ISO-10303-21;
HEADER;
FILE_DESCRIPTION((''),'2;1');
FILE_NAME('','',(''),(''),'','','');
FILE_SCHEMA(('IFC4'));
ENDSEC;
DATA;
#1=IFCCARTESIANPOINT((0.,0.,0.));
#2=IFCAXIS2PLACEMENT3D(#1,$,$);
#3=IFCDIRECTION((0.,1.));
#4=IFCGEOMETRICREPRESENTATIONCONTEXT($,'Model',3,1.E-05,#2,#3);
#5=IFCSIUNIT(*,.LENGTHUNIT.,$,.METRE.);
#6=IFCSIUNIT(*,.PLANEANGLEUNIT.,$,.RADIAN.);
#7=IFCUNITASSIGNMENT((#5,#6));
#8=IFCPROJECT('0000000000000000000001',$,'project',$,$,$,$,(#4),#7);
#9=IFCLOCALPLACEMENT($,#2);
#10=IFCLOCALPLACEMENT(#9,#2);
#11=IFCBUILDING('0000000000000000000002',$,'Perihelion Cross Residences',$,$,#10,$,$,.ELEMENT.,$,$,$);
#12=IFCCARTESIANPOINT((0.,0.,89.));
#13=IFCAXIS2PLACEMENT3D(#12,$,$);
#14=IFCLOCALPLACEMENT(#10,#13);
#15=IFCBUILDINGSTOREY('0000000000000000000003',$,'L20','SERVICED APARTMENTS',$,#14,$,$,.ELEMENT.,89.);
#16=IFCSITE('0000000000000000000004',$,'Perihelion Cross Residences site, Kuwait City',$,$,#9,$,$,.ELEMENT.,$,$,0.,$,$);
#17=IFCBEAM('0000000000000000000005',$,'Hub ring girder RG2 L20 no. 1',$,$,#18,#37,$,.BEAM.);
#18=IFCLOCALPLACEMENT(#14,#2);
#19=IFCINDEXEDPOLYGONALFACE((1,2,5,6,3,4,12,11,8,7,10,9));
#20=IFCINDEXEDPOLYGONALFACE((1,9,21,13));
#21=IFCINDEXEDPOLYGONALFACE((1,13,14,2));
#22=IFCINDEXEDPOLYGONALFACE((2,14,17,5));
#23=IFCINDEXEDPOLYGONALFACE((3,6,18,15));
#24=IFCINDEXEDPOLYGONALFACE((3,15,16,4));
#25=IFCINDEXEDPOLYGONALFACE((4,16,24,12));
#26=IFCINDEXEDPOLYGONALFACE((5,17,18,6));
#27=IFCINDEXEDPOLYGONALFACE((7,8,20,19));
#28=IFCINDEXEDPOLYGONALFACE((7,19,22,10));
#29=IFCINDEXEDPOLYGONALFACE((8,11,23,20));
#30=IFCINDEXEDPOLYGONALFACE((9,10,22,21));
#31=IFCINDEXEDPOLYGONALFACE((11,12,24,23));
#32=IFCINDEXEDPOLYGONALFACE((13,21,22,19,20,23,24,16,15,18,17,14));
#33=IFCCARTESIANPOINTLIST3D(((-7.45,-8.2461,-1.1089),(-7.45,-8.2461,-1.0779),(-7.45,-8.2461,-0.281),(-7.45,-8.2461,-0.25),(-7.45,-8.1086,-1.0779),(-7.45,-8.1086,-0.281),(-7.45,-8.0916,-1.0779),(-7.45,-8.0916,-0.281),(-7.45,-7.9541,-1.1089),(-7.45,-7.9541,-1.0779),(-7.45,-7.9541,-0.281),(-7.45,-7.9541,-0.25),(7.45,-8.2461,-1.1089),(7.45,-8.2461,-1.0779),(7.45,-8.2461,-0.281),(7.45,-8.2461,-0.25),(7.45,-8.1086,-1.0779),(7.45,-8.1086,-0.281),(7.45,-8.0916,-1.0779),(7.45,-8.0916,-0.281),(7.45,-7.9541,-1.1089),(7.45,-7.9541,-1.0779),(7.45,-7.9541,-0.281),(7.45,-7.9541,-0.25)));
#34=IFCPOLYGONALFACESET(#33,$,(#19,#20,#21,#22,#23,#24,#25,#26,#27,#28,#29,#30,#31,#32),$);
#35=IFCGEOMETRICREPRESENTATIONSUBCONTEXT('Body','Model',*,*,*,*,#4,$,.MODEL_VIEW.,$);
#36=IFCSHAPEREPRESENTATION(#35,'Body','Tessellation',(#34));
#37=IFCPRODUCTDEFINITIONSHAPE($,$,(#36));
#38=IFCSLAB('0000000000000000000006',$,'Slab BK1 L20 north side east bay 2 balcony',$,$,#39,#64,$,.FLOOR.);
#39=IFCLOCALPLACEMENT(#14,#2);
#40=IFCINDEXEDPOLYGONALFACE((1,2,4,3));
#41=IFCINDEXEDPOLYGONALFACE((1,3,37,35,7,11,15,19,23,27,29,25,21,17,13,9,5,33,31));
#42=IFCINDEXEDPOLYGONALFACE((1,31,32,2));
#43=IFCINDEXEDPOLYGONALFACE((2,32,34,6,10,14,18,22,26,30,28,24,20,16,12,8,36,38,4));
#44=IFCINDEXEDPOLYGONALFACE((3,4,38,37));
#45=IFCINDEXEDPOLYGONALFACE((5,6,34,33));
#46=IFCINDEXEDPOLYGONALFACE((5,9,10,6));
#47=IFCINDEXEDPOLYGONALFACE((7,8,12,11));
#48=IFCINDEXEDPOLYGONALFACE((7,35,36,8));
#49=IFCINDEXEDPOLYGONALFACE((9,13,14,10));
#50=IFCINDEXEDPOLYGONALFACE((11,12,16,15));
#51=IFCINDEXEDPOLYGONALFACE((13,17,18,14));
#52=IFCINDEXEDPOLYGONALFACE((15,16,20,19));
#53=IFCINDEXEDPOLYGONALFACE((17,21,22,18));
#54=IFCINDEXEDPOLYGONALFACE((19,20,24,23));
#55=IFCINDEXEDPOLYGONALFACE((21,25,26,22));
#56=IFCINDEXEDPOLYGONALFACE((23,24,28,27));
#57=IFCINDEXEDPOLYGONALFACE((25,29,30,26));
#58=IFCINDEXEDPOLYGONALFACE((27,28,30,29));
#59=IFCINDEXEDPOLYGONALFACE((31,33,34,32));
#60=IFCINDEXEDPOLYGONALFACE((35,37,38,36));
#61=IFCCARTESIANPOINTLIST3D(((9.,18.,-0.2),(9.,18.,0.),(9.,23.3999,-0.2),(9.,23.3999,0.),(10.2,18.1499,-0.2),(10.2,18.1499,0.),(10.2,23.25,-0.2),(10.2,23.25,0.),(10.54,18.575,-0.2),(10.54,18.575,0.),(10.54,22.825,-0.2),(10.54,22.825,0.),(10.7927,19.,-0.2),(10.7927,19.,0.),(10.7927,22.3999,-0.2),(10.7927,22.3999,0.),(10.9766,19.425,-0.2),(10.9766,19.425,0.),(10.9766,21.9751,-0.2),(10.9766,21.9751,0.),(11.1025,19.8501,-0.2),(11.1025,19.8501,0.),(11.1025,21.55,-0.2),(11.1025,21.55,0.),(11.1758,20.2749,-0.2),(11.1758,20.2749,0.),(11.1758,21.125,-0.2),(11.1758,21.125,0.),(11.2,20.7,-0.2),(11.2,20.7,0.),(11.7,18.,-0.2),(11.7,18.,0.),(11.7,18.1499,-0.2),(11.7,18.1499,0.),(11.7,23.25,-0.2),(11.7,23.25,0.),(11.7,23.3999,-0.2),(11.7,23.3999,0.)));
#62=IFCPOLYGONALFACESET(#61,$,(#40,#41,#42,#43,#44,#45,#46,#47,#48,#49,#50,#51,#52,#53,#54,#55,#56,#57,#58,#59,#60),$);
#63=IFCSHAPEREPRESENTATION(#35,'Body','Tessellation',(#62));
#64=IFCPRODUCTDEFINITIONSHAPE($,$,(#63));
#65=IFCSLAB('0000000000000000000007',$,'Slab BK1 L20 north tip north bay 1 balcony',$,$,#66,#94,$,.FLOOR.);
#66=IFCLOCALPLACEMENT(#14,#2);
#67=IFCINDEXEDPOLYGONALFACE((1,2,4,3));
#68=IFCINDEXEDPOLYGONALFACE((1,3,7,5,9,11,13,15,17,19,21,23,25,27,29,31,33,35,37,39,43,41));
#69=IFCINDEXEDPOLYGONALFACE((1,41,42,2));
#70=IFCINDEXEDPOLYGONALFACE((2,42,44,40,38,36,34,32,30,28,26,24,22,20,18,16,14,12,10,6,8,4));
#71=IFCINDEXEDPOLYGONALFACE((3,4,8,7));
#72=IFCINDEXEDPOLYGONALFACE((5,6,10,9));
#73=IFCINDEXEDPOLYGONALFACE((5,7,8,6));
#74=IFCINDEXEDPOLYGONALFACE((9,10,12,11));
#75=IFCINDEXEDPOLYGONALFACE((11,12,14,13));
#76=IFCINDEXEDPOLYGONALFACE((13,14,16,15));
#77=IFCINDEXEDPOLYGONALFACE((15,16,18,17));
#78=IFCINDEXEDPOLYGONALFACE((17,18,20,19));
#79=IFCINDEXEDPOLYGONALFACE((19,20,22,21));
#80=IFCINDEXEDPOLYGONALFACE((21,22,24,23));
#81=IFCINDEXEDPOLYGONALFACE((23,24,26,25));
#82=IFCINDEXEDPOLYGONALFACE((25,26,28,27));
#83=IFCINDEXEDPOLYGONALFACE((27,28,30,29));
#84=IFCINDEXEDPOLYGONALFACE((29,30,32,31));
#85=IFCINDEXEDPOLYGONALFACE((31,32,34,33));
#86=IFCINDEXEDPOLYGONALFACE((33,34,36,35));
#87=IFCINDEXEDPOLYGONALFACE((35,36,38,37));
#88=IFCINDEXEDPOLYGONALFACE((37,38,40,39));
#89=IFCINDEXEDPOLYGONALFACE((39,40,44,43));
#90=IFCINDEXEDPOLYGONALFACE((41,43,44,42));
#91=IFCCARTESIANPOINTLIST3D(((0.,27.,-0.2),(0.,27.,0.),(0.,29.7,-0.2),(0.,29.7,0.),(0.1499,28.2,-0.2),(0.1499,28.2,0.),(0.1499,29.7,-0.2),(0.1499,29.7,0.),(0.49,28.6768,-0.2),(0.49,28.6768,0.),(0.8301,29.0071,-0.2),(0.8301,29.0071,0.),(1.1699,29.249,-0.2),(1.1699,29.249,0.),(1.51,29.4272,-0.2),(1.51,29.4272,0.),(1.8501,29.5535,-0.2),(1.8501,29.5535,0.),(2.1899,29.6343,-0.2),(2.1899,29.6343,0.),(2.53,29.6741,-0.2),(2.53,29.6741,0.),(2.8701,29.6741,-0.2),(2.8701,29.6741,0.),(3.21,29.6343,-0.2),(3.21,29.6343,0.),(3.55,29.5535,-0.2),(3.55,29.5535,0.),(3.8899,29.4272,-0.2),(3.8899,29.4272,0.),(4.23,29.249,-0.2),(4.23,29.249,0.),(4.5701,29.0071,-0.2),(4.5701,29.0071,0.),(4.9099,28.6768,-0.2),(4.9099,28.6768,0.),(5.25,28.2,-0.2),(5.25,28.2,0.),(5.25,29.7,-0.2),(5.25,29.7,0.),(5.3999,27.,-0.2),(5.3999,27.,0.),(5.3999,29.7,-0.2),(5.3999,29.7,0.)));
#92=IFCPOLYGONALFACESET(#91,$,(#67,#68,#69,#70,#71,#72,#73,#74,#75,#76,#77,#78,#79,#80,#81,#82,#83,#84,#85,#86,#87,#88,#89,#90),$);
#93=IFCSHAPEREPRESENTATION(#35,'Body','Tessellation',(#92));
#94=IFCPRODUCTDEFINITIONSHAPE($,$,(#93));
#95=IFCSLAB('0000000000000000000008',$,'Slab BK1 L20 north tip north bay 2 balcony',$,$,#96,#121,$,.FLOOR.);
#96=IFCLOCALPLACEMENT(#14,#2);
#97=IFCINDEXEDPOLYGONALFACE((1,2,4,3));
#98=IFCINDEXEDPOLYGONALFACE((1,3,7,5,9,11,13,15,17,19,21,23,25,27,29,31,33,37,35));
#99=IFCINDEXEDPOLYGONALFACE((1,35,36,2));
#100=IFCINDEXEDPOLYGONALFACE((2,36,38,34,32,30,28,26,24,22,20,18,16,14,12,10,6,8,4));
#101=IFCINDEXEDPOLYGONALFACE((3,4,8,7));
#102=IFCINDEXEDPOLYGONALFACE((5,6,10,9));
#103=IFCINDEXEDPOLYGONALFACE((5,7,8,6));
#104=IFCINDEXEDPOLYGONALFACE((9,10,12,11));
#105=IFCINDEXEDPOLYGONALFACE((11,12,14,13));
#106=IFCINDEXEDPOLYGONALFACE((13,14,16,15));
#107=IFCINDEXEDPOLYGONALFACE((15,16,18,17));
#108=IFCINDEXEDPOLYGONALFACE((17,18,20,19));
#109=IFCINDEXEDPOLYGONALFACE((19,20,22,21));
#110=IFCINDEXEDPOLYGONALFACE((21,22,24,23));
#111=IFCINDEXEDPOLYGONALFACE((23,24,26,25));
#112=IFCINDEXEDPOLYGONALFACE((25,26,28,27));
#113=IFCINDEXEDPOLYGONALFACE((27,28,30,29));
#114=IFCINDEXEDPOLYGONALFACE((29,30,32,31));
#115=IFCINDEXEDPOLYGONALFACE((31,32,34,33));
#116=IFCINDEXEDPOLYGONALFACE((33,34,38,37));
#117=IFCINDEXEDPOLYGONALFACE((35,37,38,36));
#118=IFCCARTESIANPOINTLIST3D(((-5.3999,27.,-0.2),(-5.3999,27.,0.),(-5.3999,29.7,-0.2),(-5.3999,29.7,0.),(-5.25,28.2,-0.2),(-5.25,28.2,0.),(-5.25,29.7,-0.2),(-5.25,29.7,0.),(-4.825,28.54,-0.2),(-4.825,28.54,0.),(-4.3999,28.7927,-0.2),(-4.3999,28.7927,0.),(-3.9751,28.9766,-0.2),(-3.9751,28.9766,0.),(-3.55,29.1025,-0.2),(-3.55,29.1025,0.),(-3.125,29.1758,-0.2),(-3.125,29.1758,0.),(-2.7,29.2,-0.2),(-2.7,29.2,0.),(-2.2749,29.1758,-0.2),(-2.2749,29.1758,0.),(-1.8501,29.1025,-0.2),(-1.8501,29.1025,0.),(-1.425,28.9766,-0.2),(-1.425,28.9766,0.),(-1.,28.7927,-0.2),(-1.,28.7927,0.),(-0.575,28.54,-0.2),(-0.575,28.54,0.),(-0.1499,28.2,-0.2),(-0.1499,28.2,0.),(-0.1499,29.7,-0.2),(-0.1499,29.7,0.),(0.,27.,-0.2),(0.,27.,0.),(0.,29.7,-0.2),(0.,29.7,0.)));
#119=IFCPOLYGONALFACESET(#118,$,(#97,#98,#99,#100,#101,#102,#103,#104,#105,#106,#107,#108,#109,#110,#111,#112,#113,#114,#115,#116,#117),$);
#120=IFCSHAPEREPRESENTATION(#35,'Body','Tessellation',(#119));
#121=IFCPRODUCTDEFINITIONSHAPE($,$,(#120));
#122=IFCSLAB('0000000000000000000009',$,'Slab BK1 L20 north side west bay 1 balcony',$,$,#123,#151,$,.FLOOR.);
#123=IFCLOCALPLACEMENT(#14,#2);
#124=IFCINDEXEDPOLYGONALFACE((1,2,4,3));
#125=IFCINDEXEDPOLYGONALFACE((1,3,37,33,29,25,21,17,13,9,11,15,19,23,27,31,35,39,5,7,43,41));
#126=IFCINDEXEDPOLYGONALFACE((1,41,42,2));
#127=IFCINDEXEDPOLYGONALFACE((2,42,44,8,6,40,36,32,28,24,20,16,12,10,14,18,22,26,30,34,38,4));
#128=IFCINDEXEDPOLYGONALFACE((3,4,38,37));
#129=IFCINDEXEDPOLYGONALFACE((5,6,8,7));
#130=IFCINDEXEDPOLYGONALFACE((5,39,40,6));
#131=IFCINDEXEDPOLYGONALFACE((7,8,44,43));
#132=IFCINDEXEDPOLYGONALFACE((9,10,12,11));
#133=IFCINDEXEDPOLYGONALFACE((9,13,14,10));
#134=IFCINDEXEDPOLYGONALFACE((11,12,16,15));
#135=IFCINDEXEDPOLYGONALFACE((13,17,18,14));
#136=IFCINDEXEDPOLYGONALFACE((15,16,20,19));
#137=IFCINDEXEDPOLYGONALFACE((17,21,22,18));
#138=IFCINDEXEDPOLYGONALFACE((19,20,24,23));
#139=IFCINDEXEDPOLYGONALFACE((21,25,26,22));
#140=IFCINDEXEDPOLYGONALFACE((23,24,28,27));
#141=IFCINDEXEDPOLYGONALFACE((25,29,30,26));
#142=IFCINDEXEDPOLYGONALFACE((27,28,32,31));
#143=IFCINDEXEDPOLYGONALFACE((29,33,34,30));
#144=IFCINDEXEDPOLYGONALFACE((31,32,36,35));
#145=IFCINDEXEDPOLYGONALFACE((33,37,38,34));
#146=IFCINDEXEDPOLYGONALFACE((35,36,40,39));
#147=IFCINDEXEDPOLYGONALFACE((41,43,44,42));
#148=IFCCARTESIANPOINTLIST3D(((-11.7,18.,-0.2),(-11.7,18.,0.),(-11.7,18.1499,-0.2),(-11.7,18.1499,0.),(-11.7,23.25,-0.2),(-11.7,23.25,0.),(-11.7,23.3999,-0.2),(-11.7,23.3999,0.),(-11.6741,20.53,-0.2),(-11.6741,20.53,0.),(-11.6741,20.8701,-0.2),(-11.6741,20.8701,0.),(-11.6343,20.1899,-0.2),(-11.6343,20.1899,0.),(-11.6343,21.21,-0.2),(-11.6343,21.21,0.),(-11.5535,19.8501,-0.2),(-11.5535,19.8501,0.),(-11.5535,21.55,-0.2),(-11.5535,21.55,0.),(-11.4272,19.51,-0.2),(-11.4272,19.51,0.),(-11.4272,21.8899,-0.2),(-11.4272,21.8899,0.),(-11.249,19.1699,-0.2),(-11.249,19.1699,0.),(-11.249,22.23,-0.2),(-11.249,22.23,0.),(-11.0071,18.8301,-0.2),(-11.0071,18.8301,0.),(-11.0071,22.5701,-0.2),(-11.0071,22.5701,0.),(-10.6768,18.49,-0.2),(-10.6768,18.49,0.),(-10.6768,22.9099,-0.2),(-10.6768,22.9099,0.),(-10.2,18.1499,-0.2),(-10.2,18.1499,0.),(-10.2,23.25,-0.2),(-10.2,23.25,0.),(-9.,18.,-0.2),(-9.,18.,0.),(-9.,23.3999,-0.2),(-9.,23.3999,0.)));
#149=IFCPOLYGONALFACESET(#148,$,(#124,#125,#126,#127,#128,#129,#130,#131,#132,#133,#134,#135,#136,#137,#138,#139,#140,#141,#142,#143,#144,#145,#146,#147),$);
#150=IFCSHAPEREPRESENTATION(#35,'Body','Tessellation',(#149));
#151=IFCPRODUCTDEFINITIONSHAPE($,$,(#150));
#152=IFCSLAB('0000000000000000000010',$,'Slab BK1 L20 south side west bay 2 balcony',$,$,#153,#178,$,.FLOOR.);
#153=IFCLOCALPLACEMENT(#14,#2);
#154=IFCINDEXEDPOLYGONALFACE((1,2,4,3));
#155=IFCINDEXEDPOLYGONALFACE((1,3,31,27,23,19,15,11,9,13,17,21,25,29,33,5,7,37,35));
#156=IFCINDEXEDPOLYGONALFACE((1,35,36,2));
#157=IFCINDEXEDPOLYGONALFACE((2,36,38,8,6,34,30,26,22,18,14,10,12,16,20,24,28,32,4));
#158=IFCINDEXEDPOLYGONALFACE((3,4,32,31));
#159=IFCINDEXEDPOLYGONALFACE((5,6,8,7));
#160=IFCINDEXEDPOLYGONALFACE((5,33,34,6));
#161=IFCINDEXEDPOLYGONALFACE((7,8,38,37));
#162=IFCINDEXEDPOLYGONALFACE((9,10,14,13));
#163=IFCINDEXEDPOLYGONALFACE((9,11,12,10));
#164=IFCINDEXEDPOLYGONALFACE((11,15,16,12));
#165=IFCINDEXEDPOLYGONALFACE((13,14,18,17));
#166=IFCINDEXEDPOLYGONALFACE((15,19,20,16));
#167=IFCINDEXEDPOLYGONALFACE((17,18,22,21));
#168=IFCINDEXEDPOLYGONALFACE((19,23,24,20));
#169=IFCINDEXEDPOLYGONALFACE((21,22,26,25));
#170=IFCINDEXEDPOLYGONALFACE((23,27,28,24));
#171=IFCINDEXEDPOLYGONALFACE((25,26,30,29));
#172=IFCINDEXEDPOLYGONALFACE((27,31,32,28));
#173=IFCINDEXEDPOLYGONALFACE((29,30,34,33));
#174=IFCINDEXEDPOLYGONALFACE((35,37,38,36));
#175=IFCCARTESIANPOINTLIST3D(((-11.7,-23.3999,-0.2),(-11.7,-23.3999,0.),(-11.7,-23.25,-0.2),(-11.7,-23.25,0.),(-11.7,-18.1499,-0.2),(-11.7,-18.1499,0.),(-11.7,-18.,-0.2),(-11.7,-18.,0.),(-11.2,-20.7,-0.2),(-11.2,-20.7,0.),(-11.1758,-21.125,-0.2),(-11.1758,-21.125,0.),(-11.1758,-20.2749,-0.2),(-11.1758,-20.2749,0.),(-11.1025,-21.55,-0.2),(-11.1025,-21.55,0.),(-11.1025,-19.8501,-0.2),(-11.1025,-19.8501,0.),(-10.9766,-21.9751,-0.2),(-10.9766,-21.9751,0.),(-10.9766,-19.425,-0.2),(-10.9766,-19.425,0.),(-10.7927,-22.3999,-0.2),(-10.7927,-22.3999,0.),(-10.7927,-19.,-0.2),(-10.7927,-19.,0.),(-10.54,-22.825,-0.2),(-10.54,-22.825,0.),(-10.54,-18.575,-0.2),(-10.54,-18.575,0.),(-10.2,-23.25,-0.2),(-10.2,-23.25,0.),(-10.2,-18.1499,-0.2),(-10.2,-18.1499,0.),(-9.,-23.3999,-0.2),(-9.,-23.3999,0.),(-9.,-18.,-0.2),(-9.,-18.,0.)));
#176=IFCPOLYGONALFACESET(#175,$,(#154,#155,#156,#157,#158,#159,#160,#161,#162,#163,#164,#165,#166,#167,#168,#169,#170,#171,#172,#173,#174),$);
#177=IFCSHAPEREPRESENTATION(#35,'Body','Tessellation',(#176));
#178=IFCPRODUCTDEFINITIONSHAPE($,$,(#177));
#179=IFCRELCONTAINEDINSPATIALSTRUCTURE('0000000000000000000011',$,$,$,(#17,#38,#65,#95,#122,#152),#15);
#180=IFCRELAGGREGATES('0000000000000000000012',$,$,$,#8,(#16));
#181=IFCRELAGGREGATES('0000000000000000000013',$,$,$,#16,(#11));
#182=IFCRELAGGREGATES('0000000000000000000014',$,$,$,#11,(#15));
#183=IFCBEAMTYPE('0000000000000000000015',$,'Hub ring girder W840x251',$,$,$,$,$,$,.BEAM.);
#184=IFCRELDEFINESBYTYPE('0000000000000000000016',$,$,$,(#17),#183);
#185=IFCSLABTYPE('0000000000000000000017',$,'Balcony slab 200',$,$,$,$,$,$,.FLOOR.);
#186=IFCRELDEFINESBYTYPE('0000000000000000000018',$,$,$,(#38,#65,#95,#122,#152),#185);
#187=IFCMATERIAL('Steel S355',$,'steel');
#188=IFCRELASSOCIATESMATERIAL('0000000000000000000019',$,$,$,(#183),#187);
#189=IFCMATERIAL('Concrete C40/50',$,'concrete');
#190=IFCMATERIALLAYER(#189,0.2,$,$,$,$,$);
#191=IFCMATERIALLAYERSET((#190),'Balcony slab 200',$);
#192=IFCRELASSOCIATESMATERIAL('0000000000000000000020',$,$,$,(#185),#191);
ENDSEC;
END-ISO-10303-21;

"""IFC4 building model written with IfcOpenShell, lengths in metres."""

from ifc_helpers import new_model, si_unit, direction, frame, origin, origin_2d, place, context, subcontext, project, spatial, polyline, i_section, outline, extrude, material, layer, layer_set, material_profile, profile_set, type_object, element, save


model = new_model("IFC4")

# Units and contexts
model_context = context("Model", 3, precision=1e-05, world=origin(), true_north=direction((0.0, 1.0)))
body_context = subcontext(model_context, "Body", "Model", "MODEL_VIEW")
ifc_project = project(units=[si_unit("LENGTHUNIT", "METRE"), si_unit("PLANEANGLEUNIT", "RADIAN")], contexts=[model_context])

# Site, building, storey
site_placement = place(None, origin())
site = spatial("IfcSite", under=ifc_project, at=site_placement, Name="Perihelion Cross Residences site, Kuwait City", CompositionType="ELEMENT", RefElevation=0.0)
building_placement = place(site_placement, origin())
building = spatial("IfcBuilding", under=site, at=building_placement, Name="Perihelion Cross Residences", CompositionType="ELEMENT")
storey_placement = place(building_placement, frame((0.0, 0.0, 89.0)))
storey = spatial("IfcBuildingStorey", under=building, at=storey_placement, Name="L20", Description="SERVICED APARTMENTS", CompositionType="ELEMENT", Elevation=89.0)

# Beam
ifc_material_1 = material(Name="Steel S355", Category="steel")
ifc_material_profile_1 = material_profile(ifc_material_1, i_section(OverallWidth=0.292, OverallDepth=0.8589, WebThickness=0.0171, FlangeThickness=0.031, at=origin_2d()), Name="W840x251")
ifc_profile_set_1 = profile_set([ifc_material_profile_1], Name="Steel S355")
beam_type_1 = type_object("IfcBeamType", Name="Hub ring girder W840x251", PredefinedType="BEAM", material=ifc_profile_set_1)
beam_1_placement = place(storey_placement, frame((-7.45, -8.1001, -0.6794), z_axis=(1.0, 0.0, 0.0), x_axis=(0.0, 1.0, 0.0)))
element("IfcBeam", 1, at=beam_1_placement, inside=storey, type_object=beam_type_1, Name="Hub ring girder RG2 L20 no. 1", PredefinedType="BEAM", context=body_context, shape_type="SweptSolid", body=[
    extrude(i_section(OverallWidth=0.292, OverallDepth=0.8589, WebThickness=0.0171, FlangeThickness=0.031, at=origin_2d()), origin(), (0.0, 0.0, 1.0), 14.8999),
])

# Slabs
ifc_material_2 = material(Name="Concrete C40/50", Category="concrete")
ifc_layer_1 = layer(ifc_material_2, 0.2)
ifc_layer_set_1 = layer_set([ifc_layer_1], Name="Balcony slab 200")
slab_type_1 = type_object("IfcSlabType", Name="Balcony slab 200", PredefinedType="FLOOR", material=ifc_layer_set_1)
slab_1_placement = place(storey_placement, frame((0.0, 0.0, -0.2)))
element("IfcSlab", 2, at=slab_1_placement, inside=storey, type_object=slab_type_1, Name="Slab BK1 L20 north side east bay 2 balcony", PredefinedType="FLOOR", context=body_context, shape_type="SweptSolid", body=[
    extrude(outline(polyline([(9.0, 18.0), (9.0, 23.3999), (11.7, 23.3999), (11.7, 23.25), (10.2, 23.25), (10.54, 22.825), (10.7927, 22.3999), (10.9766, 21.9751), (11.1025, 21.55), (11.1758, 21.125), (11.2, 20.7), (11.1758, 20.2749), (11.1025, 19.8501), (10.9766, 19.425), (10.7927, 19.0), (10.54, 18.575), (10.2, 18.1499), (11.7, 18.1499), (11.7, 18.0), (9.0, 18.0)])), origin(), (0.0, 0.0, 1.0), 0.2),
])
slab_2_placement = place(storey_placement, frame((0.0, 0.0, -0.2)))
element("IfcSlab", 3, at=slab_2_placement, inside=storey, type_object=slab_type_1, Name="Slab BK1 L20 north tip north bay 1 balcony", PredefinedType="FLOOR", context=body_context, shape_type="SweptSolid", body=[
    extrude(outline(polyline([(5.3999, 27.0), (0.0, 27.0), (0.0, 29.7), (0.1499, 29.7), (0.1499, 28.2), (0.49, 28.6768), (0.8301, 29.0071), (1.1699, 29.249), (1.51, 29.4272), (1.8501, 29.5535), (2.1899, 29.6343), (2.53, 29.6741), (2.8701, 29.6741), (3.21, 29.6343), (3.55, 29.5535), (3.8899, 29.4272), (4.23, 29.249), (4.5701, 29.0071), (4.9099, 28.6768), (5.25, 28.2), (5.25, 29.7), (5.3999, 29.7), (5.3999, 27.0)])), origin(), (0.0, 0.0, 1.0), 0.2),
])
slab_3_placement = place(storey_placement, frame((0.0, 0.0, -0.2)))
element("IfcSlab", 4, at=slab_3_placement, inside=storey, type_object=slab_type_1, Name="Slab BK1 L20 north tip north bay 2 balcony", PredefinedType="FLOOR", context=body_context, shape_type="SweptSolid", body=[
    extrude(outline(polyline([(0.0, 27.0), (-5.3999, 27.0), (-5.3999, 29.7), (-5.25, 29.7), (-5.25, 28.2), (-4.825, 28.54), (-4.3999, 28.7927), (-3.9751, 28.9766), (-3.55, 29.1025), (-3.125, 29.1758), (-2.7, 29.2), (-2.2749, 29.1758), (-1.8501, 29.1025), (-1.425, 28.9766), (-1.0, 28.7927), (-0.575, 28.54), (-0.1499, 28.2), (-0.1499, 29.7), (0.0, 29.7), (0.0, 27.0)])), origin(), (0.0, 0.0, 1.0), 0.2),
])
slab_4_placement = place(storey_placement, frame((0.0, 0.0, -0.2)))
element("IfcSlab", 5, at=slab_4_placement, inside=storey, type_object=slab_type_1, Name="Slab BK1 L20 north side west bay 1 balcony", PredefinedType="FLOOR", context=body_context, shape_type="SweptSolid", body=[
    extrude(outline(polyline([(-9.0, 23.3999), (-9.0, 18.0), (-11.7, 18.0), (-11.7, 18.1499), (-10.2, 18.1499), (-10.6768, 18.49), (-11.0071, 18.8301), (-11.249, 19.1699), (-11.4272, 19.51), (-11.5535, 19.8501), (-11.6343, 20.1899), (-11.6741, 20.53), (-11.6741, 20.8701), (-11.6343, 21.21), (-11.5535, 21.55), (-11.4272, 21.8899), (-11.249, 22.23), (-11.0071, 22.5701), (-10.6768, 22.9099), (-10.2, 23.25), (-11.7, 23.25), (-11.7, 23.3999), (-9.0, 23.3999)])), origin(), (0.0, 0.0, 1.0), 0.2),
])
slab_5_placement = place(storey_placement, frame((0.0, 0.0, -0.2)))
element("IfcSlab", 6, at=slab_5_placement, inside=storey, type_object=slab_type_1, Name="Slab BK1 L20 south side west bay 2 balcony", PredefinedType="FLOOR", context=body_context, shape_type="SweptSolid", body=[
    extrude(outline(polyline([(-9.0, -18.0), (-9.0, -23.3999), (-11.7, -23.3999), (-11.7, -23.25), (-10.2, -23.25), (-10.54, -22.825), (-10.7927, -22.3999), (-10.9766, -21.9751), (-11.1025, -21.55), (-11.1758, -21.125), (-11.2, -20.7), (-11.1758, -20.2749), (-11.1025, -19.8501), (-10.9766, -19.425), (-10.7927, -19.0), (-10.54, -18.575), (-10.2, -18.1499), (-11.7, -18.1499), (-11.7, -18.0), (-9.0, -18.0)])), origin(), (0.0, 0.0, 1.0), 0.2),
])

save(model, "model.ifc")
